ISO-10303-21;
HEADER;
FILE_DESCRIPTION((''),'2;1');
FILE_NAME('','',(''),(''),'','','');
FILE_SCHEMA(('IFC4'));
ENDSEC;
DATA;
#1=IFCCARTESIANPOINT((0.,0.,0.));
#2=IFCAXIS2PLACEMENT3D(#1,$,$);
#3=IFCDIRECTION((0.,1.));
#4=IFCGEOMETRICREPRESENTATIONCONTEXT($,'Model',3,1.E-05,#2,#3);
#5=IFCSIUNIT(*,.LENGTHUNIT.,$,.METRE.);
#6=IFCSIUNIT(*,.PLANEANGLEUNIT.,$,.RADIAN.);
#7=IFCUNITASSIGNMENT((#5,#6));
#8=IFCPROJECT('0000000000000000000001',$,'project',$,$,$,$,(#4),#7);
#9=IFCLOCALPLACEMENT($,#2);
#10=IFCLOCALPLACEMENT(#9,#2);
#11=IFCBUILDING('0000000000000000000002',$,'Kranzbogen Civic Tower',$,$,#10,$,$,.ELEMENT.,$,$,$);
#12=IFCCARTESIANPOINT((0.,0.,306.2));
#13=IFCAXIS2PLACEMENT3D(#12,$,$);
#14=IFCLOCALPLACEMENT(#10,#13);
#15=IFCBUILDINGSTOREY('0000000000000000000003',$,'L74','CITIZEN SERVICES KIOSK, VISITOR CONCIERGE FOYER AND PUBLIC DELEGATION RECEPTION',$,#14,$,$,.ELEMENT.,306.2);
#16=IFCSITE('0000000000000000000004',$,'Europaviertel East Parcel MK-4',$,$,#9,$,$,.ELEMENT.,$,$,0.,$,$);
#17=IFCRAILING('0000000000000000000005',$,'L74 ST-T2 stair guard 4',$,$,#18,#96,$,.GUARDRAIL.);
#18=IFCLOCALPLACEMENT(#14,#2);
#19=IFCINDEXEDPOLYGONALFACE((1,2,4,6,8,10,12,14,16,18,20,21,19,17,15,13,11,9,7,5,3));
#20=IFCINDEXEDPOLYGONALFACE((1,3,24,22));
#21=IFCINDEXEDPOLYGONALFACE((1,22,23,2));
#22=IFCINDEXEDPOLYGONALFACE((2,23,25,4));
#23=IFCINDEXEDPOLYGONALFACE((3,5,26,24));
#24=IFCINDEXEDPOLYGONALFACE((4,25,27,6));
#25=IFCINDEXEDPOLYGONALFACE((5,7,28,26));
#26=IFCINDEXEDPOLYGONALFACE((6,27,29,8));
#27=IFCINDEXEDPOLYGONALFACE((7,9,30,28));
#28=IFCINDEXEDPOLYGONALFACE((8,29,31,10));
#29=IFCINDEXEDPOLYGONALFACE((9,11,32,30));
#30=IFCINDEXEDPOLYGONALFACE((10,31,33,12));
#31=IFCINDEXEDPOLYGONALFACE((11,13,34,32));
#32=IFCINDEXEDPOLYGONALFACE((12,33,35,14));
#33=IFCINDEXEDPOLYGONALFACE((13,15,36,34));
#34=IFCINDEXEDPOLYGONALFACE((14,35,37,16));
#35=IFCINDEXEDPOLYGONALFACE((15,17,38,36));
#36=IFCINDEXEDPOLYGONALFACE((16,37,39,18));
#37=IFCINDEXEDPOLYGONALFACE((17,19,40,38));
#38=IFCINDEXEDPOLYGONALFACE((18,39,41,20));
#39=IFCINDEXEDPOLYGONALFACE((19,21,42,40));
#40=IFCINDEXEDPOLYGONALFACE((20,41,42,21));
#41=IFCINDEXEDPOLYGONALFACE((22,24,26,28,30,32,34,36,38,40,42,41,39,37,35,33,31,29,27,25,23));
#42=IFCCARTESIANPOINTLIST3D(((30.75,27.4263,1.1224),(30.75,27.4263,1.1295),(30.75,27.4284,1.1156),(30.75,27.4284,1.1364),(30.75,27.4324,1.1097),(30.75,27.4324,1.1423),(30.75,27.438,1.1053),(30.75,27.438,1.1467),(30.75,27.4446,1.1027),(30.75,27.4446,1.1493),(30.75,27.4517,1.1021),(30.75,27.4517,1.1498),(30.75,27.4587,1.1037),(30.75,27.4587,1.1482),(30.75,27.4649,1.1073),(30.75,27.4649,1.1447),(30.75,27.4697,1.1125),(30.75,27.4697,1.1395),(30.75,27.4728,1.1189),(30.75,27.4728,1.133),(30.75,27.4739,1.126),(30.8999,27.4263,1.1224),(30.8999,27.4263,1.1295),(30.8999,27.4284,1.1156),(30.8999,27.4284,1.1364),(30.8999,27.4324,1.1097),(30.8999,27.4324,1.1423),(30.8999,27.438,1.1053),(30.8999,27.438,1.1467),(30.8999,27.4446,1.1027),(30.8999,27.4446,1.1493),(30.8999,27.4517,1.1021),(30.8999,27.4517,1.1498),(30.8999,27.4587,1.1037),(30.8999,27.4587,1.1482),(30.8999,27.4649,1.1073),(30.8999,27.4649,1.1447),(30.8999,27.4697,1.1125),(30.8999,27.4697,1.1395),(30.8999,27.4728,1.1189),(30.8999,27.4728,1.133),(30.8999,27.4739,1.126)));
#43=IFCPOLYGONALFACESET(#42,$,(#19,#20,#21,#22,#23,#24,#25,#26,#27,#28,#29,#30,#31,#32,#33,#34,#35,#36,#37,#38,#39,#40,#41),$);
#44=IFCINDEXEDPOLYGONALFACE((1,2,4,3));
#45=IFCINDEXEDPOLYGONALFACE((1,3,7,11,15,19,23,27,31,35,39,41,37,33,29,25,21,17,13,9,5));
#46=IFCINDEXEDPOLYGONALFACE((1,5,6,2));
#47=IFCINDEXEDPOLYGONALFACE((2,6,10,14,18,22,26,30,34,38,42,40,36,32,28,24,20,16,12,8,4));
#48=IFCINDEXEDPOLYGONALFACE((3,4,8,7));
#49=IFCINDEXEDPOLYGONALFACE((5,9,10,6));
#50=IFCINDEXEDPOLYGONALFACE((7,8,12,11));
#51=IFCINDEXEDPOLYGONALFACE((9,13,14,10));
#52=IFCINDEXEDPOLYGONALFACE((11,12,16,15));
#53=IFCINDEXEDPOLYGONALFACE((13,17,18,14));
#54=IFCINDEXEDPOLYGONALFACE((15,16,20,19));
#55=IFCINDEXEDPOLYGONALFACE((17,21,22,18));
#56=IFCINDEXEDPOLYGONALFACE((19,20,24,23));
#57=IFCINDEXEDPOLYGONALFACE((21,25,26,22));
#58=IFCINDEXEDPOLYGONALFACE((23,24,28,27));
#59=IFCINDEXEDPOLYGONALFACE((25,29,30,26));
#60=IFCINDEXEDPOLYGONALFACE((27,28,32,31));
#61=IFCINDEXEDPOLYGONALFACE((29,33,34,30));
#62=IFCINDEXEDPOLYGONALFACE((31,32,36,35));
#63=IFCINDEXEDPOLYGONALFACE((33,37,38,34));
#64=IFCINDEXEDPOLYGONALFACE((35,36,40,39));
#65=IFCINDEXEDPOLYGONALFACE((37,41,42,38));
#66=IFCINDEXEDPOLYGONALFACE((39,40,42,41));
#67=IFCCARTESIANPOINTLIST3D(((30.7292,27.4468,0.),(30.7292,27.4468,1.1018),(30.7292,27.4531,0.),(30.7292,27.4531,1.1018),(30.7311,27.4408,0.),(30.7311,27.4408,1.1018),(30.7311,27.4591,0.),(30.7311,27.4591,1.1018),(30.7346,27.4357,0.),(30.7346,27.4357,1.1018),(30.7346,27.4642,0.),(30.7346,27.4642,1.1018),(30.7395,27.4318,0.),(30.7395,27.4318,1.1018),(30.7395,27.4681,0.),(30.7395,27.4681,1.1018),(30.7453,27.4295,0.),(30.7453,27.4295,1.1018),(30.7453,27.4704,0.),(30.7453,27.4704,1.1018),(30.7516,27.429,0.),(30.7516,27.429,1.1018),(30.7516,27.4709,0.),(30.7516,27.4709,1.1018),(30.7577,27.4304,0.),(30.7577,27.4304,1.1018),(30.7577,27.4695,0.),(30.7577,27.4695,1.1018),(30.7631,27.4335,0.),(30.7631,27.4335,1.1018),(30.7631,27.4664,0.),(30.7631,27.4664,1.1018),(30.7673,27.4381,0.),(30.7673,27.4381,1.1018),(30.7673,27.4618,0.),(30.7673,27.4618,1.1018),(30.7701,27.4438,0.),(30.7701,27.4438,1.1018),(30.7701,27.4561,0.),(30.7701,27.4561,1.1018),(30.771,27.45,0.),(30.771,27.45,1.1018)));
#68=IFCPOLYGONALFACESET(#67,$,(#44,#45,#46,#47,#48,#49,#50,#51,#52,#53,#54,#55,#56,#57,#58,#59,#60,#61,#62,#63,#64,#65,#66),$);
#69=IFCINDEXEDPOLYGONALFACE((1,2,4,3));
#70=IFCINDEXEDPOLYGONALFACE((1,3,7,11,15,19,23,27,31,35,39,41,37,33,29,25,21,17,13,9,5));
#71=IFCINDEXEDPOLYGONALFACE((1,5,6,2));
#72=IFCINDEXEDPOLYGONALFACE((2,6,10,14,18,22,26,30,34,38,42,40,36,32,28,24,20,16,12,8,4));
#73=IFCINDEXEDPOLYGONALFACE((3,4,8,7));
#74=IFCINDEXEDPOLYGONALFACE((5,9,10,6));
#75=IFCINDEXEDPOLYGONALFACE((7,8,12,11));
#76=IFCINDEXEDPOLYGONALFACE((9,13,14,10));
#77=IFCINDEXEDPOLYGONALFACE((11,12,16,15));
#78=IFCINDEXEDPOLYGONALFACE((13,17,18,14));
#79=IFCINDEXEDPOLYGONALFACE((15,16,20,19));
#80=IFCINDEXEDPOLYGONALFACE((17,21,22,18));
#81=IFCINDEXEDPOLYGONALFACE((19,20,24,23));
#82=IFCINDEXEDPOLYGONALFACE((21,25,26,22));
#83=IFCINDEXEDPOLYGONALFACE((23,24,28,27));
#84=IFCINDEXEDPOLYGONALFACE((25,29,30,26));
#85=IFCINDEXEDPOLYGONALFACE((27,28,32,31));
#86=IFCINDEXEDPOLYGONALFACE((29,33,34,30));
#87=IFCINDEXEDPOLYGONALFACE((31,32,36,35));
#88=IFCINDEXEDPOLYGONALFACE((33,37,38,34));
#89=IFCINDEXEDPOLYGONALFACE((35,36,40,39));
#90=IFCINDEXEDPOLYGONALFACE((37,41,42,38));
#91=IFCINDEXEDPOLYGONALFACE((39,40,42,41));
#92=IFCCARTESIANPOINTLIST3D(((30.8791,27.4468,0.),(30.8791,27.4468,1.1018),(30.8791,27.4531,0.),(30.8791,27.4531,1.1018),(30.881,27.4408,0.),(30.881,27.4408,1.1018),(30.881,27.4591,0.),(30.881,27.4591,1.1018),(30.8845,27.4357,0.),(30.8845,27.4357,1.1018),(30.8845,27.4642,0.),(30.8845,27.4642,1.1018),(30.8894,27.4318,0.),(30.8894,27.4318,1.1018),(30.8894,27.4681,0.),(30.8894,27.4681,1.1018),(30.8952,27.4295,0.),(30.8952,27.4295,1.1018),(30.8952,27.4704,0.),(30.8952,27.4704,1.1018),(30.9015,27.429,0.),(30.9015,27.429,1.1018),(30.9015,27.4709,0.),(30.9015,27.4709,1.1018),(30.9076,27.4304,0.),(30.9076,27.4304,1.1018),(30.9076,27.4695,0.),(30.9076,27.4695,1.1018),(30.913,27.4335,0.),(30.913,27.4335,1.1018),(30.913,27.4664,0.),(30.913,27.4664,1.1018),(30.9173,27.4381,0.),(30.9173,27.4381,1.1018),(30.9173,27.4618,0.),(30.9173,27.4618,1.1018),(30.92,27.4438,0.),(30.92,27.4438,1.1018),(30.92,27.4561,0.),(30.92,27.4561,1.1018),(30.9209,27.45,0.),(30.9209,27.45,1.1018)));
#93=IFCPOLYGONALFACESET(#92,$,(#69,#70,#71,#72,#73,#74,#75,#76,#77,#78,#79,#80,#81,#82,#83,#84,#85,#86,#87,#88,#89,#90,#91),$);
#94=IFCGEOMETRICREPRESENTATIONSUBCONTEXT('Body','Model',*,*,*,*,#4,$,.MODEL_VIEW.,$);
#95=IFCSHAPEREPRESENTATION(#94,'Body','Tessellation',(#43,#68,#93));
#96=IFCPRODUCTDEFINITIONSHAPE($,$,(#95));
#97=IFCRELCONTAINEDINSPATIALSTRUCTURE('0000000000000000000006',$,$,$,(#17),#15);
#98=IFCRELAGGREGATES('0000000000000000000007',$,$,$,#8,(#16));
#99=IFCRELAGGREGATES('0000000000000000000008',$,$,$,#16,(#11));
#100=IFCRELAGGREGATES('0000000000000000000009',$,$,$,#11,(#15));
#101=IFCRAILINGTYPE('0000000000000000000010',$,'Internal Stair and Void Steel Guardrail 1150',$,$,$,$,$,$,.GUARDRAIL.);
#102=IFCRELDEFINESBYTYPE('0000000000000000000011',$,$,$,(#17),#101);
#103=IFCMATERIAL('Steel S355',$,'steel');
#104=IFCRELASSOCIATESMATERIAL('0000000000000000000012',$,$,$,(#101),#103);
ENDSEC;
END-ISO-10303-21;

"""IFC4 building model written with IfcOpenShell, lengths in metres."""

from ifc_helpers import new_model, si_unit, direction, frame, origin, origin_2d, place, context, subcontext, project, spatial, circle, extrude, material, type_object, element, save


model = new_model("IFC4")

# Units and contexts
model_context = context("Model", 3, precision=1e-05, world=origin(), true_north=direction((0.0, 1.0)))
body_context = subcontext(model_context, "Body", "Model", "MODEL_VIEW")
ifc_project = project(units=[si_unit("LENGTHUNIT", "METRE"), si_unit("PLANEANGLEUNIT", "RADIAN")], contexts=[model_context])

# Site, building, storey
site_placement = place(None, origin())
site = spatial("IfcSite", under=ifc_project, at=site_placement, Name="Europaviertel East Parcel MK-4", CompositionType="ELEMENT", RefElevation=0.0)
building_placement = place(site_placement, origin())
building = spatial("IfcBuilding", under=site, at=building_placement, Name="Kranzbogen Civic Tower", CompositionType="ELEMENT")
storey_placement = place(building_placement, frame((0.0, 0.0, 306.2)))
storey = spatial("IfcBuildingStorey", under=building, at=storey_placement, Name="L74", Description="CITIZEN SERVICES KIOSK, VISITOR CONCIERGE FOYER AND PUBLIC DELEGATION RECEPTION", CompositionType="ELEMENT", Elevation=306.2)

# Shared definitions
ifc_material_1 = material(Name="Steel S355", Category="steel")

# Railing
railing_type_1 = type_object("IfcRailingType", Name="Internal Stair and Void Steel Guardrail 1150", PredefinedType="GUARDRAIL", material=ifc_material_1)
railing_1_placement = place(storey_placement, frame((30.75, 27.45, 0.0)))
element("IfcRailing", 1, at=railing_1_placement, inside=storey, type_object=railing_type_1, Name="L74 ST-T2 stair guard 4", PredefinedType="GUARDRAIL", context=body_context, shape_type="SweptSolid", body=[
    extrude(circle(Radius=0.0239, at=origin_2d()), frame((0.0, 0.0, 1.126), z_axis=(1.0, 0.0, 0.0), x_axis=(0.0, 1.0, 0.0)), (0.0, 0.0, 1.0), 0.1499),
    extrude(circle(Radius=0.021, at=origin_2d()), origin(), (0.0, 0.0, 1.0), 1.1018),
    extrude(circle(Radius=0.021, at=origin_2d()), frame((0.1499, 0.0, 0.0)), (0.0, 0.0, 1.0), 1.1018),
])

save(model, "model.ifc")
